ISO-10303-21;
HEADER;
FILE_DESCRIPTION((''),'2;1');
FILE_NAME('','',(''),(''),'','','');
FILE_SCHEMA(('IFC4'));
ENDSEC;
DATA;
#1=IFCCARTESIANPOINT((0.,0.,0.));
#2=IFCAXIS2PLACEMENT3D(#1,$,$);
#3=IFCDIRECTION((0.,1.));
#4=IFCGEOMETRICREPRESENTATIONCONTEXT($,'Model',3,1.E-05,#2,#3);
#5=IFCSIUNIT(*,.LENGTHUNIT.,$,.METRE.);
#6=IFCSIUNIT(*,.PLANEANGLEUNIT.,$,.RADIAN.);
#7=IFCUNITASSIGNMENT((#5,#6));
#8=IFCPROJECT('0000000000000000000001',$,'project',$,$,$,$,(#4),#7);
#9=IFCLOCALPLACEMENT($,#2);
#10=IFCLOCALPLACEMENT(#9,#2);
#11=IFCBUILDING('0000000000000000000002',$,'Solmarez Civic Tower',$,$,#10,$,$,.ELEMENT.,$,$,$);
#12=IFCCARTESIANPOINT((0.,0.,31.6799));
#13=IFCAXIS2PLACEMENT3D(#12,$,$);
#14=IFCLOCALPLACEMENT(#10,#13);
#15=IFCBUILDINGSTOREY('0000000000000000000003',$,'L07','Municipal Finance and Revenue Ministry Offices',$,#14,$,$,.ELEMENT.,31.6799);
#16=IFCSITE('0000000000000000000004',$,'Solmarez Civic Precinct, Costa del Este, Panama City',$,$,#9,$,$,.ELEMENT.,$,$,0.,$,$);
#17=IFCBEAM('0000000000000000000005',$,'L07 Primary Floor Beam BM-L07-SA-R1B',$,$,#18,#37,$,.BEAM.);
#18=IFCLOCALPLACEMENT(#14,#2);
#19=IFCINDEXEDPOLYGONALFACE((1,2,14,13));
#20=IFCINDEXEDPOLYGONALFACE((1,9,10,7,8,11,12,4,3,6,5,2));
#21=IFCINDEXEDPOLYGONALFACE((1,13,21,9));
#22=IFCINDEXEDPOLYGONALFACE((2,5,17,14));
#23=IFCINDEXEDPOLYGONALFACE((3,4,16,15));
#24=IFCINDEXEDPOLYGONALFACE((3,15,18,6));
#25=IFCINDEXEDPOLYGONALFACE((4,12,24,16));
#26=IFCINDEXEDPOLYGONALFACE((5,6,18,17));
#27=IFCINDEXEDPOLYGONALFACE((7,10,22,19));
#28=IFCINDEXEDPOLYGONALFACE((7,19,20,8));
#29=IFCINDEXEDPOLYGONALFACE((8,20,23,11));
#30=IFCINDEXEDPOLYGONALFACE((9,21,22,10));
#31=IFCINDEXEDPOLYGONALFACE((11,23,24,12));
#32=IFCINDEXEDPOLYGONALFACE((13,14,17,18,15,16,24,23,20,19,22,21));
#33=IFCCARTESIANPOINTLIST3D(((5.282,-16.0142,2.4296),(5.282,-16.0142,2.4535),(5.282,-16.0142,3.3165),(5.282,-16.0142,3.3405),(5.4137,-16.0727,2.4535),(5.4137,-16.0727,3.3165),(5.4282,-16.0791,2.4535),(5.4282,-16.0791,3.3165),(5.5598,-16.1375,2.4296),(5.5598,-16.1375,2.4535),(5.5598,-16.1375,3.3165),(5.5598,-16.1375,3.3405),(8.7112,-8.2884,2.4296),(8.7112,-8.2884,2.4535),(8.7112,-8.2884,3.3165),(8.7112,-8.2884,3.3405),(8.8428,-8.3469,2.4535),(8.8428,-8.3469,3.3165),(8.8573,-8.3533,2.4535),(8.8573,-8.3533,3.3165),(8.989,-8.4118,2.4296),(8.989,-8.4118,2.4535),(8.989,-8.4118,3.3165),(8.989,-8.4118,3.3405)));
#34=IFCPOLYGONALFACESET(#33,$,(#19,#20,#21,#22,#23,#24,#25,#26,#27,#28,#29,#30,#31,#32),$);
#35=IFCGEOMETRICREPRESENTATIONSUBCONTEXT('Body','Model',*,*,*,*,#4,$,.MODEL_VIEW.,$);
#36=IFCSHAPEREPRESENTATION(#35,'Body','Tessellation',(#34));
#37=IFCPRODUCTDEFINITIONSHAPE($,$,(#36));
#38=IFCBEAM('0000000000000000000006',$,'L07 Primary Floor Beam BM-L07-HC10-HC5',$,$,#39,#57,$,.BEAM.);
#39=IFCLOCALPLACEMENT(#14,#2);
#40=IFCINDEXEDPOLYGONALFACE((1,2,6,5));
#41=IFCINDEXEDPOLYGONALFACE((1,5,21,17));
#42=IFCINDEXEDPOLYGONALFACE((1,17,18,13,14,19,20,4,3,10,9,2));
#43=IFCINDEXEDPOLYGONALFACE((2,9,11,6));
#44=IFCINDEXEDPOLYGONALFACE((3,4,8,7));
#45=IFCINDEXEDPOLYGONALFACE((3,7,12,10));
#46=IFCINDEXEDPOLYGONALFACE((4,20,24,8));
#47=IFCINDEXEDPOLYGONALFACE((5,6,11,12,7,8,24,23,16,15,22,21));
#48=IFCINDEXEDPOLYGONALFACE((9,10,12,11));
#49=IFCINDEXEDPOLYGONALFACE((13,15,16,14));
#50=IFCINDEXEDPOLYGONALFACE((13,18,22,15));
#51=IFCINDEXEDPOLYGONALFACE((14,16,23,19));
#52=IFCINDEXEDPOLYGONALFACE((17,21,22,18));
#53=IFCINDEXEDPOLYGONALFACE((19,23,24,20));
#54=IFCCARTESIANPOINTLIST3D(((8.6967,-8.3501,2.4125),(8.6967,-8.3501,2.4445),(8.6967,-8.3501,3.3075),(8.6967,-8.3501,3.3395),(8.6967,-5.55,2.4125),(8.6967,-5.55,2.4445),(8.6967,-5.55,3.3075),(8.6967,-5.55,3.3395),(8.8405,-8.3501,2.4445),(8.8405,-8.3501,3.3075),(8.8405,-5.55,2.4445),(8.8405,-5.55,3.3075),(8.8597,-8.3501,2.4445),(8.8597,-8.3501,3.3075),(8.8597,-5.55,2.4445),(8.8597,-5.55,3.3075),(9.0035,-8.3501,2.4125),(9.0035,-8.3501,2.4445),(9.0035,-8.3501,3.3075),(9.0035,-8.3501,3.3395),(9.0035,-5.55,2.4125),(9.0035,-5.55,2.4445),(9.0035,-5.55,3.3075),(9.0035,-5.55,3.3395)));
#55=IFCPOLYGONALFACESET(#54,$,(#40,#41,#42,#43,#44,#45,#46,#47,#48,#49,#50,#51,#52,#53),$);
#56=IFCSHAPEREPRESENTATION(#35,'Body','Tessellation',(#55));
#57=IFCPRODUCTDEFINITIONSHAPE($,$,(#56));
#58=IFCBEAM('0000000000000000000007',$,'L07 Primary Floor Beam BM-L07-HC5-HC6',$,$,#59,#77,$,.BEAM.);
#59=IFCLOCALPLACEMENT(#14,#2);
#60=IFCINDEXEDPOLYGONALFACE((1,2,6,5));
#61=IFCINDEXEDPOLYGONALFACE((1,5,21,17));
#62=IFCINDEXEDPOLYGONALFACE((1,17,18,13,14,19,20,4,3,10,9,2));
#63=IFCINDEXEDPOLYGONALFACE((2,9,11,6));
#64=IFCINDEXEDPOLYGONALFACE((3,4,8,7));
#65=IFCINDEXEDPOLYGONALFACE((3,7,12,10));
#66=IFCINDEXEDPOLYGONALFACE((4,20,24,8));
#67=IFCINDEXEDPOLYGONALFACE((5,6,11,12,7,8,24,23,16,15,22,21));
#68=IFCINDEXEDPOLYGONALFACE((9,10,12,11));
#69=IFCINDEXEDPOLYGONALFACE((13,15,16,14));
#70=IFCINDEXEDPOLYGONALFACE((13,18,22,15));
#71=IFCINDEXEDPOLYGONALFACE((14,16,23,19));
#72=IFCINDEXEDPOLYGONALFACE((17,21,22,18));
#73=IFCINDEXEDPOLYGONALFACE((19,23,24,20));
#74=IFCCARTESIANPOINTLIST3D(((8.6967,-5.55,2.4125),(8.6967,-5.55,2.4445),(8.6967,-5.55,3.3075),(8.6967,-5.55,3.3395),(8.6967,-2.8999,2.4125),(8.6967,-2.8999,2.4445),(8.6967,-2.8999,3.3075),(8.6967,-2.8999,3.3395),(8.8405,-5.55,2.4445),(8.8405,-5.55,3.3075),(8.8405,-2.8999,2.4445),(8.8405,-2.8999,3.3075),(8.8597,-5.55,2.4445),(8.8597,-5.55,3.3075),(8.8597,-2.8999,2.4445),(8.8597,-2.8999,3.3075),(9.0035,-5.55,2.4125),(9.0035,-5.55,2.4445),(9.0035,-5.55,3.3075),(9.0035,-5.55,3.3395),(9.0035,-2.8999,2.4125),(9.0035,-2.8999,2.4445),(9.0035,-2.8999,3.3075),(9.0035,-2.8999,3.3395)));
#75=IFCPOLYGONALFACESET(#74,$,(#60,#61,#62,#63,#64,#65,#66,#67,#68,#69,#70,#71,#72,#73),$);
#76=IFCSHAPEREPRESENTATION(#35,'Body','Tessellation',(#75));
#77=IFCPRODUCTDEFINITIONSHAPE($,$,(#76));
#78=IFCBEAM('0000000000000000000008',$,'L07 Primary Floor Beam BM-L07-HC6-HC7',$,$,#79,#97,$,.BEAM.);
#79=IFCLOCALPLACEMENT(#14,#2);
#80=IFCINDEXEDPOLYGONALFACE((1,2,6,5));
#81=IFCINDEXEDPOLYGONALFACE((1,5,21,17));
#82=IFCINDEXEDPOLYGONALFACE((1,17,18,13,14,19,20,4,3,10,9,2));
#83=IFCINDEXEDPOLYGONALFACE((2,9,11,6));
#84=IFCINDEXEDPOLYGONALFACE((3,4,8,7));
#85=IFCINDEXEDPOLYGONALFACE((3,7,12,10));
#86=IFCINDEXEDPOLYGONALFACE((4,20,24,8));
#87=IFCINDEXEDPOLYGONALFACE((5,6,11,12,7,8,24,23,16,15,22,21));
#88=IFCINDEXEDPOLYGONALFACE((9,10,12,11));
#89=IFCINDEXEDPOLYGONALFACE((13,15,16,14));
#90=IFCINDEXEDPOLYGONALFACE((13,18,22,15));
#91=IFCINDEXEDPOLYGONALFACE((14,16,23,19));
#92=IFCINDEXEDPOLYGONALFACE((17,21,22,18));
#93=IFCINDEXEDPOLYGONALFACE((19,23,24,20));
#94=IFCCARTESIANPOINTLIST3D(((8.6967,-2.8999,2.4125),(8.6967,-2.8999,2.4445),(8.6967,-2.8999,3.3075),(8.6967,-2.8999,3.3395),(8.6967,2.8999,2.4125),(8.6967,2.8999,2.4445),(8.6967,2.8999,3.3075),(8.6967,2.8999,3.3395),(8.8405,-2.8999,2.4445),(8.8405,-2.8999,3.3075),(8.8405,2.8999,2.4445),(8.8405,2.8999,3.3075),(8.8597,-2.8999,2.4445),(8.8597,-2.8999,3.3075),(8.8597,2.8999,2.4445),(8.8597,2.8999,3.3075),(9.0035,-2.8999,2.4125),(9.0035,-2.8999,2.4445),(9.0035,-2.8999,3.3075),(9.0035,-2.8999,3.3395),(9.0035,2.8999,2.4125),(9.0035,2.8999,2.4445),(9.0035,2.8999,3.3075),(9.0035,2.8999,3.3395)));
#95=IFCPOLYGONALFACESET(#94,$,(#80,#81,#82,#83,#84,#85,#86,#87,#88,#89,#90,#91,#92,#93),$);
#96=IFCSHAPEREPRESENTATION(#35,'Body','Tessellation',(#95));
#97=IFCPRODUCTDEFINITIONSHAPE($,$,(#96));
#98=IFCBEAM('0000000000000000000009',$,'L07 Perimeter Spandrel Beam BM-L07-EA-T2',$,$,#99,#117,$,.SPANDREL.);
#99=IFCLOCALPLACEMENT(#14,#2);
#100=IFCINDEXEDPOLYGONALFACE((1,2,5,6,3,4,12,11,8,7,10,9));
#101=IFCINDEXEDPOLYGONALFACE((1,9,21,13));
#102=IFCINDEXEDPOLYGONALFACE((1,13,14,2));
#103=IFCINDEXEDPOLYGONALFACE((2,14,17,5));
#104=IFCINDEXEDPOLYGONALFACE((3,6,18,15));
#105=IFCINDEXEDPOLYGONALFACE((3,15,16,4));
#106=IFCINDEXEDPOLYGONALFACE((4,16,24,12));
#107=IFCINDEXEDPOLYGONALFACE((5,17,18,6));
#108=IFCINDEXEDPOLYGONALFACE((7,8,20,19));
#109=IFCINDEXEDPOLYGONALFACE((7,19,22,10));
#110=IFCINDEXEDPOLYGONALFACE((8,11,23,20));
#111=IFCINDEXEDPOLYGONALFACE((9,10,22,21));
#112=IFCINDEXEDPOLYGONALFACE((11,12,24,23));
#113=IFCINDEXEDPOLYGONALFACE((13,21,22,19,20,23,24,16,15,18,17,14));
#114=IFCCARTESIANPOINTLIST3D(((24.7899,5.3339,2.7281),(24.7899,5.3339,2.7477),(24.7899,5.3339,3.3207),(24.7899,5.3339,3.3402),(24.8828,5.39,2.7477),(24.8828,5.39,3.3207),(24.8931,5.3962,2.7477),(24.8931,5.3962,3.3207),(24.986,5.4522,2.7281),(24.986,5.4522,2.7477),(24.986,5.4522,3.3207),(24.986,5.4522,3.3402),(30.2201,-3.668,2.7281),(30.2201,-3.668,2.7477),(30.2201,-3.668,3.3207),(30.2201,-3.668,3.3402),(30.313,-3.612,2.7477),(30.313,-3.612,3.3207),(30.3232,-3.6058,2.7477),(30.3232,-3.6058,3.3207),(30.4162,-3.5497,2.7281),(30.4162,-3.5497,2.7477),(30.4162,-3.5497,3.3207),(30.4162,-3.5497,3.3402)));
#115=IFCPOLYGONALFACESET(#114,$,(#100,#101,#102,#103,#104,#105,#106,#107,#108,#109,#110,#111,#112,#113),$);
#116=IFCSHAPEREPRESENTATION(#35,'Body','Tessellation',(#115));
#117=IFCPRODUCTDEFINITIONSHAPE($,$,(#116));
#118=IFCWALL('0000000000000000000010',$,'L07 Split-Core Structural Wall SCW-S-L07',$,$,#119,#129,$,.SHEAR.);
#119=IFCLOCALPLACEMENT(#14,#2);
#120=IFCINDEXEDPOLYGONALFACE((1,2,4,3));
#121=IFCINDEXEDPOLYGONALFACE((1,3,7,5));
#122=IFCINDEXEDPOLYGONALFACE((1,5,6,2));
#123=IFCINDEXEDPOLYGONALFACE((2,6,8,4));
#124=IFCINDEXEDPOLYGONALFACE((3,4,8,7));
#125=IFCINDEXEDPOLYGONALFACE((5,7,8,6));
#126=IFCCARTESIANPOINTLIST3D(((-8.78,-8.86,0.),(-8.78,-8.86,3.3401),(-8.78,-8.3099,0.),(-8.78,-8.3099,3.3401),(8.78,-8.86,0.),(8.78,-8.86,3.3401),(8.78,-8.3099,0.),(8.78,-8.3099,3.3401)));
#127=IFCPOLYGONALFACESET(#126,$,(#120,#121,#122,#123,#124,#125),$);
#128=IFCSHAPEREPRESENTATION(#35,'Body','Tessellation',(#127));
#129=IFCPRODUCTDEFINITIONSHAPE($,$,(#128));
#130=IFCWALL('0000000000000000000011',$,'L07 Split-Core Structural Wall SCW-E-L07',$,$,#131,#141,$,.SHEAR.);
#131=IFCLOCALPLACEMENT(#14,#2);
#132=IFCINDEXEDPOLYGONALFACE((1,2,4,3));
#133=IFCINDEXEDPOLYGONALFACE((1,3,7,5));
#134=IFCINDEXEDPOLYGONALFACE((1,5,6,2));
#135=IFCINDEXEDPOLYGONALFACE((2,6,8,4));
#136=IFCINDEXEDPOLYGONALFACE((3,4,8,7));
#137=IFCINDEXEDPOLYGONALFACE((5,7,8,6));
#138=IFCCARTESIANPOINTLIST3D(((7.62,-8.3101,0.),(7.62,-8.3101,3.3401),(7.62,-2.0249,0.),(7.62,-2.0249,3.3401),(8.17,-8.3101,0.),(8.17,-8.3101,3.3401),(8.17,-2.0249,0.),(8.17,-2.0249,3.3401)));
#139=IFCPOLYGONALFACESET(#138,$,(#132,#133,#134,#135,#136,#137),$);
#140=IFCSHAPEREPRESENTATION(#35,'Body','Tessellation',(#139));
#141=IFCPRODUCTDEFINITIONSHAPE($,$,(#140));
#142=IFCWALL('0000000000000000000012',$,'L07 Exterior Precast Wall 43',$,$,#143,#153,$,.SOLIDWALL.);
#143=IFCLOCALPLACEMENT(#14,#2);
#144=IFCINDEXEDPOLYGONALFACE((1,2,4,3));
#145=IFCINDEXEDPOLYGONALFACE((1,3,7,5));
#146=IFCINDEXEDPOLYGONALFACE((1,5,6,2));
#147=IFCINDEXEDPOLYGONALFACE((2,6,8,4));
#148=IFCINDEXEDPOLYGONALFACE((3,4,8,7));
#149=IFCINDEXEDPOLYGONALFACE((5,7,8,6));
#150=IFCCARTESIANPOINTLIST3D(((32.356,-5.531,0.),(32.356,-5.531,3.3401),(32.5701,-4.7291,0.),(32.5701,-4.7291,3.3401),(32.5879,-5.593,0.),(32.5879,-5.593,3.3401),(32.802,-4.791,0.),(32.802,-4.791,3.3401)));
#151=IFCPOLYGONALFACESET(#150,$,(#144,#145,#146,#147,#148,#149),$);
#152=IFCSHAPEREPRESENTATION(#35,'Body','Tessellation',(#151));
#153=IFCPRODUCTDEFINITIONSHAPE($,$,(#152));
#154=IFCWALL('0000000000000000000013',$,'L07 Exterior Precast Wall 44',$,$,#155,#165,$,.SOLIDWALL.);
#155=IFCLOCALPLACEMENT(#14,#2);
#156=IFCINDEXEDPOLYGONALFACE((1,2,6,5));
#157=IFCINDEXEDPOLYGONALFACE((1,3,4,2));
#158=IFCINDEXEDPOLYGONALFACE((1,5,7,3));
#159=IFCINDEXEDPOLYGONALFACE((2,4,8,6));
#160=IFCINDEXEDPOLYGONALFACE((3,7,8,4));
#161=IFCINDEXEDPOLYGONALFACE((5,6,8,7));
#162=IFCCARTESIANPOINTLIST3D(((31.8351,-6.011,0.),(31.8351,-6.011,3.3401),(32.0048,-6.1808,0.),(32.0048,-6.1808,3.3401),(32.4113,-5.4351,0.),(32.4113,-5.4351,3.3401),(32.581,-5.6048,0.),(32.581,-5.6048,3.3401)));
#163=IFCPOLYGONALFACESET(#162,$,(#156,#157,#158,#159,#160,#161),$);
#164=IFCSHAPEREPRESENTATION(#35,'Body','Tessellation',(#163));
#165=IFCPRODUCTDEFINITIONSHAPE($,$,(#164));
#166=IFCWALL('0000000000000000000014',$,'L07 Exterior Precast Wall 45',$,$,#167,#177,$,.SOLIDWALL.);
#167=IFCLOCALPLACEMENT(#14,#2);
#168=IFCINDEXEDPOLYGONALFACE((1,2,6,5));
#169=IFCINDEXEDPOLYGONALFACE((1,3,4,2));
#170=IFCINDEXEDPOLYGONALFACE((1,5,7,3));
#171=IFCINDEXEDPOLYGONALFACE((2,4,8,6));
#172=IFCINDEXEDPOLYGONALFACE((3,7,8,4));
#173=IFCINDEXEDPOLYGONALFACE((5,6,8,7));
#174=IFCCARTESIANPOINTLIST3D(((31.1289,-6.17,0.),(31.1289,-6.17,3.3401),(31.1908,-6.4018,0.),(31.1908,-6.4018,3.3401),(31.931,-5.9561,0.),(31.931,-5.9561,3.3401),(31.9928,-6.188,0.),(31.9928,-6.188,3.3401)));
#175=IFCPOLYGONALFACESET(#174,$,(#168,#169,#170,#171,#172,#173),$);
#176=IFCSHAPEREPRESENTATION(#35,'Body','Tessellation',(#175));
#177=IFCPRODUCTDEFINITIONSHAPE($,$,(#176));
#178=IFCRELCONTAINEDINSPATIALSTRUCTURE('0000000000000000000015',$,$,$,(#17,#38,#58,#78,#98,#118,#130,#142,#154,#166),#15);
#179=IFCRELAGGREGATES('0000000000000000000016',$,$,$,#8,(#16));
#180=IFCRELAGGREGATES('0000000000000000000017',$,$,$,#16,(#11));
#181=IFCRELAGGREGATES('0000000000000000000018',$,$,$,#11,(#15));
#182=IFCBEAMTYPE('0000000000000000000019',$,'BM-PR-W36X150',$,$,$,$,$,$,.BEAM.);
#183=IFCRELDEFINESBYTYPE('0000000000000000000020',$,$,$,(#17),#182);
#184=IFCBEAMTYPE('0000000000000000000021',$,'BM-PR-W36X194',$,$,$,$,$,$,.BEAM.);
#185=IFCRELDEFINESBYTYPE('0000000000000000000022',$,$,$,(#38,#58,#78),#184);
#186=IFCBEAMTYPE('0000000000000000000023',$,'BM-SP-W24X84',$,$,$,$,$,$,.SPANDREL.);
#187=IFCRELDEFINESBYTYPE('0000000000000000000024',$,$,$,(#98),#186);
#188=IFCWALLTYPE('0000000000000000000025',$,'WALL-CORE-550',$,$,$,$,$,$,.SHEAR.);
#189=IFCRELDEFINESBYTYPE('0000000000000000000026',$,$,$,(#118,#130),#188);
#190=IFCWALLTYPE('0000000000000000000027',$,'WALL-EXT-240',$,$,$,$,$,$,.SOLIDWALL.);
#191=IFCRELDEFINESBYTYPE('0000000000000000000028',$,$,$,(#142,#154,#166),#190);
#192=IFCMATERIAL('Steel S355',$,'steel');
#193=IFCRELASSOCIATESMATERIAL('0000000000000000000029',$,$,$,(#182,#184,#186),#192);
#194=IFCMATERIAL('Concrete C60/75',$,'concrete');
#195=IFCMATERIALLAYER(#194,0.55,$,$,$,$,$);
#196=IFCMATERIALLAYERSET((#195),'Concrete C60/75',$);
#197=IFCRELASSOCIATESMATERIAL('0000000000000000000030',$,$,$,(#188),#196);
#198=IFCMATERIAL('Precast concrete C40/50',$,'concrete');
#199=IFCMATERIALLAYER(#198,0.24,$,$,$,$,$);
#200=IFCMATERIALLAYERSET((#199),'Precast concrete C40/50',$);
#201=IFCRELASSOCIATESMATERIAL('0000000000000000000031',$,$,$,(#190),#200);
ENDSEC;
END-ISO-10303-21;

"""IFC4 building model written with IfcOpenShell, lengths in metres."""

from ifc_helpers import new_model, si_unit, direction, frame, frame_2d, origin, origin_2d, place, context, subcontext, project, spatial, rectangle, i_section, extrude, material, layer, layer_set, material_profile, profile_set, type_object, element, save


model = new_model("IFC4")

# Units and contexts
model_context = context("Model", 3, precision=1e-05, world=origin(), true_north=direction((0.0, 1.0)))
body_context = subcontext(model_context, "Body", "Model", "MODEL_VIEW")
ifc_project = project(units=[si_unit("LENGTHUNIT", "METRE"), si_unit("PLANEANGLEUNIT", "RADIAN")], contexts=[model_context])

# Site, building, storey
site_placement = place(None, origin())
site = spatial("IfcSite", under=ifc_project, at=site_placement, Name="Solmarez Civic Precinct, Costa del Este, Panama City", CompositionType="ELEMENT", RefElevation=0.0)
building_placement = place(site_placement, origin())
building = spatial("IfcBuilding", under=site, at=building_placement, Name="Solmarez Civic Tower", CompositionType="ELEMENT")
storey_placement = place(building_placement, frame((0.0, 0.0, 31.6799)))
storey = spatial("IfcBuildingStorey", under=building, at=storey_placement, Name="L07", Description="Municipal Finance and Revenue Ministry Offices", CompositionType="ELEMENT", Elevation=31.6799)

# Shared definitions
ifc_material_1 = material(Name="Concrete C60/75", Category="concrete")

# Beams
ifc_material_2 = material(Name="Steel S355", Category="steel")
ifc_material_profile_1 = material_profile(ifc_material_2, i_section(OverallWidth=0.304, OverallDepth=0.9109, WebThickness=0.0159, FlangeThickness=0.0239, at=origin_2d()), Name="W36X150")
ifc_profile_set_1 = profile_set([ifc_material_profile_1], Name="Steel S355")
beam_type_1 = type_object("IfcBeamType", Name="BM-PR-W36X150", PredefinedType="BEAM", material=ifc_profile_set_1)
beam_1_placement = place(storey_placement, frame((8.8501, -8.3501, 2.885), z_axis=(-0.405694, -0.914009, 0.0), x_axis=(0.914009, -0.405694, 0.0)))
element("IfcBeam", 1, at=beam_1_placement, inside=storey, type_object=beam_type_1, Name="L07 Primary Floor Beam BM-L07-SA-R1B", PredefinedType="BEAM", context=body_context, shape_type="SweptSolid", body=[
    extrude(i_section(OverallWidth=0.304, OverallDepth=0.9109, WebThickness=0.0159, FlangeThickness=0.0239, at=origin_2d()), origin(), (0.0, 0.0, 1.0), 8.4526),
])
ifc_material_profile_2 = material_profile(ifc_material_2, i_section(OverallWidth=0.3069, OverallDepth=0.927, WebThickness=0.0193, FlangeThickness=0.032, at=origin_2d()), Name="W36X194")
ifc_profile_set_2 = profile_set([ifc_material_profile_2], Name="Steel S355")
beam_type_2 = type_object("IfcBeamType", Name="BM-PR-W36X194", PredefinedType="BEAM", material=ifc_profile_set_2)
beam_2_placement = place(storey_placement, frame((8.8501, -8.3501, 2.876), z_axis=(0.0, 1.0, 0.0), x_axis=(-1.0, 0.0, 0.0)))
element("IfcBeam", 2, at=beam_2_placement, inside=storey, type_object=beam_type_2, Name="L07 Primary Floor Beam BM-L07-HC10-HC5", PredefinedType="BEAM", context=body_context, shape_type="SweptSolid", body=[
    extrude(i_section(OverallWidth=0.3069, OverallDepth=0.927, WebThickness=0.0193, FlangeThickness=0.032, at=origin_2d()), origin(), (0.0, 0.0, 1.0), 2.8),
])
beam_3_placement = place(storey_placement, frame((8.8501, -5.55, 2.876), z_axis=(0.0, 1.0, 0.0), x_axis=(-1.0, 0.0, 0.0)))
element("IfcBeam", 3, at=beam_3_placement, inside=storey, type_object=beam_type_2, Name="L07 Primary Floor Beam BM-L07-HC5-HC6", PredefinedType="BEAM", context=body_context, shape_type="SweptSolid", body=[
    extrude(i_section(OverallWidth=0.3069, OverallDepth=0.927, WebThickness=0.0193, FlangeThickness=0.032, at=origin_2d()), origin(), (0.0, 0.0, 1.0), 2.6501),
])
beam_4_placement = place(storey_placement, frame((8.8501, -2.8999, 2.876), z_axis=(0.0, 1.0, 0.0), x_axis=(-1.0, 0.0, 0.0)))
element("IfcBeam", 4, at=beam_4_placement, inside=storey, type_object=beam_type_2, Name="L07 Primary Floor Beam BM-L07-HC6-HC7", PredefinedType="BEAM", context=body_context, shape_type="SweptSolid", body=[
    extrude(i_section(OverallWidth=0.3069, OverallDepth=0.927, WebThickness=0.0193, FlangeThickness=0.032, at=origin_2d()), origin(), (0.0, 0.0, 1.0), 5.7998),
])
ifc_material_profile_3 = material_profile(ifc_material_2, i_section(OverallWidth=0.229, OverallDepth=0.6121, WebThickness=0.012, FlangeThickness=0.0195, at=origin_2d()), Name="W24X84")
ifc_profile_set_3 = profile_set([ifc_material_profile_3], Name="Steel S355")
beam_type_3 = type_object("IfcBeamType", Name="BM-SP-W24X84", PredefinedType="SPANDREL", material=ifc_profile_set_3)
beam_5_placement = place(storey_placement, frame((30.3181, -3.6089, 3.0342), z_axis=(-0.516523, 0.856273, 0.0), x_axis=(-0.856273, -0.516523, 0.0)))
element("IfcBeam", 5, at=beam_5_placement, inside=storey, type_object=beam_type_3, Name="L07 Perimeter Spandrel Beam BM-L07-EA-T2", PredefinedType="SPANDREL", context=body_context, shape_type="SweptSolid", body=[
    extrude(i_section(OverallWidth=0.229, OverallDepth=0.6121, WebThickness=0.012, FlangeThickness=0.0195, at=origin_2d()), origin(), (0.0, 0.0, 1.0), 10.5129),
])

# Walls
ifc_layer_1 = layer(ifc_material_1, 0.55)
ifc_layer_set_1 = layer_set([ifc_layer_1], Name="Concrete C60/75")
wall_type_1 = type_object("IfcWallType", Name="WALL-CORE-550", PredefinedType="SHEAR", material=ifc_layer_set_1)
wall_1_placement = place(storey_placement, frame((8.78, -8.585, 0.0), z_axis=(0.0, 0.0, 1.0), x_axis=(-1.0, 0.0, 0.0)))
element("IfcWall", 6, at=wall_1_placement, inside=storey, type_object=wall_type_1, Name="L07 Split-Core Structural Wall SCW-S-L07", PredefinedType="SHEAR", context=body_context, shape_type="SweptSolid", body=[
    extrude(rectangle(XDim=17.5601, YDim=0.55, at=frame_2d((8.78, 0.0))), origin(), (0.0, 0.0, 1.0), 3.3401),
])
wall_2_placement = place(storey_placement, frame((7.895, -2.0249, 0.0), z_axis=(0.0, 0.0, 1.0), x_axis=(0.0, -1.0, 0.0)))
element("IfcWall", 7, at=wall_2_placement, inside=storey, type_object=wall_type_1, Name="L07 Split-Core Structural Wall SCW-E-L07", PredefinedType="SHEAR", context=body_context, shape_type="SweptSolid", body=[
    extrude(rectangle(XDim=6.2852, YDim=0.55, at=frame_2d((3.1426, 0.0))), origin(), (0.0, 0.0, 1.0), 3.3401),
])
ifc_material_3 = material(Name="Precast concrete C40/50", Category="concrete")
ifc_layer_2 = layer(ifc_material_3, 0.24)
ifc_layer_set_2 = layer_set([ifc_layer_2], Name="Precast concrete C40/50")
wall_type_2 = type_object("IfcWallType", Name="WALL-EXT-240", PredefinedType="SOLIDWALL", material=ifc_layer_set_2)
wall_3_placement = place(storey_placement, frame((32.686, -4.76, 0.0), z_axis=(0.0, 0.0, 1.0), x_axis=(-0.257937, -0.966162, 0.0)))
element("IfcWall", 8, at=wall_3_placement, inside=storey, type_object=wall_type_2, Name="L07 Exterior Precast Wall 43", PredefinedType="SOLIDWALL", context=body_context, shape_type="SweptSolid", body=[
    extrude(rectangle(XDim=0.8301, YDim=0.24, at=frame_2d((0.415, 0.0))), origin(), (0.0, 0.0, 1.0), 3.3401),
])
wall_4_placement = place(storey_placement, frame((32.4961, -5.52, 0.0), z_axis=(0.0, 0.0, 1.0), x_axis=(-0.707257, -0.706957, 0.0)))
element("IfcWall", 9, at=wall_4_placement, inside=storey, type_object=wall_type_2, Name="L07 Exterior Precast Wall 44", PredefinedType="SOLIDWALL", context=body_context, shape_type="SweptSolid", body=[
    extrude(rectangle(XDim=0.8147, YDim=0.24, at=frame_2d((0.4072, 0.0))), origin(), (0.0, 0.0, 1.0), 3.3401),
])
wall_5_placement = place(storey_placement, frame((31.9619, -6.072, 0.0), z_axis=(0.0, 0.0, 1.0), x_axis=(-0.966235, -0.257663, 0.0)))
element("IfcWall", 10, at=wall_5_placement, inside=storey, type_object=wall_type_2, Name="L07 Exterior Precast Wall 45", PredefinedType="SOLIDWALL", context=body_context, shape_type="SweptSolid", body=[
    extrude(rectangle(XDim=0.8301, YDim=0.24, at=frame_2d((0.415, 0.0))), origin(), (0.0, 0.0, 1.0), 3.3401),
])

save(model, "model.ifc")
